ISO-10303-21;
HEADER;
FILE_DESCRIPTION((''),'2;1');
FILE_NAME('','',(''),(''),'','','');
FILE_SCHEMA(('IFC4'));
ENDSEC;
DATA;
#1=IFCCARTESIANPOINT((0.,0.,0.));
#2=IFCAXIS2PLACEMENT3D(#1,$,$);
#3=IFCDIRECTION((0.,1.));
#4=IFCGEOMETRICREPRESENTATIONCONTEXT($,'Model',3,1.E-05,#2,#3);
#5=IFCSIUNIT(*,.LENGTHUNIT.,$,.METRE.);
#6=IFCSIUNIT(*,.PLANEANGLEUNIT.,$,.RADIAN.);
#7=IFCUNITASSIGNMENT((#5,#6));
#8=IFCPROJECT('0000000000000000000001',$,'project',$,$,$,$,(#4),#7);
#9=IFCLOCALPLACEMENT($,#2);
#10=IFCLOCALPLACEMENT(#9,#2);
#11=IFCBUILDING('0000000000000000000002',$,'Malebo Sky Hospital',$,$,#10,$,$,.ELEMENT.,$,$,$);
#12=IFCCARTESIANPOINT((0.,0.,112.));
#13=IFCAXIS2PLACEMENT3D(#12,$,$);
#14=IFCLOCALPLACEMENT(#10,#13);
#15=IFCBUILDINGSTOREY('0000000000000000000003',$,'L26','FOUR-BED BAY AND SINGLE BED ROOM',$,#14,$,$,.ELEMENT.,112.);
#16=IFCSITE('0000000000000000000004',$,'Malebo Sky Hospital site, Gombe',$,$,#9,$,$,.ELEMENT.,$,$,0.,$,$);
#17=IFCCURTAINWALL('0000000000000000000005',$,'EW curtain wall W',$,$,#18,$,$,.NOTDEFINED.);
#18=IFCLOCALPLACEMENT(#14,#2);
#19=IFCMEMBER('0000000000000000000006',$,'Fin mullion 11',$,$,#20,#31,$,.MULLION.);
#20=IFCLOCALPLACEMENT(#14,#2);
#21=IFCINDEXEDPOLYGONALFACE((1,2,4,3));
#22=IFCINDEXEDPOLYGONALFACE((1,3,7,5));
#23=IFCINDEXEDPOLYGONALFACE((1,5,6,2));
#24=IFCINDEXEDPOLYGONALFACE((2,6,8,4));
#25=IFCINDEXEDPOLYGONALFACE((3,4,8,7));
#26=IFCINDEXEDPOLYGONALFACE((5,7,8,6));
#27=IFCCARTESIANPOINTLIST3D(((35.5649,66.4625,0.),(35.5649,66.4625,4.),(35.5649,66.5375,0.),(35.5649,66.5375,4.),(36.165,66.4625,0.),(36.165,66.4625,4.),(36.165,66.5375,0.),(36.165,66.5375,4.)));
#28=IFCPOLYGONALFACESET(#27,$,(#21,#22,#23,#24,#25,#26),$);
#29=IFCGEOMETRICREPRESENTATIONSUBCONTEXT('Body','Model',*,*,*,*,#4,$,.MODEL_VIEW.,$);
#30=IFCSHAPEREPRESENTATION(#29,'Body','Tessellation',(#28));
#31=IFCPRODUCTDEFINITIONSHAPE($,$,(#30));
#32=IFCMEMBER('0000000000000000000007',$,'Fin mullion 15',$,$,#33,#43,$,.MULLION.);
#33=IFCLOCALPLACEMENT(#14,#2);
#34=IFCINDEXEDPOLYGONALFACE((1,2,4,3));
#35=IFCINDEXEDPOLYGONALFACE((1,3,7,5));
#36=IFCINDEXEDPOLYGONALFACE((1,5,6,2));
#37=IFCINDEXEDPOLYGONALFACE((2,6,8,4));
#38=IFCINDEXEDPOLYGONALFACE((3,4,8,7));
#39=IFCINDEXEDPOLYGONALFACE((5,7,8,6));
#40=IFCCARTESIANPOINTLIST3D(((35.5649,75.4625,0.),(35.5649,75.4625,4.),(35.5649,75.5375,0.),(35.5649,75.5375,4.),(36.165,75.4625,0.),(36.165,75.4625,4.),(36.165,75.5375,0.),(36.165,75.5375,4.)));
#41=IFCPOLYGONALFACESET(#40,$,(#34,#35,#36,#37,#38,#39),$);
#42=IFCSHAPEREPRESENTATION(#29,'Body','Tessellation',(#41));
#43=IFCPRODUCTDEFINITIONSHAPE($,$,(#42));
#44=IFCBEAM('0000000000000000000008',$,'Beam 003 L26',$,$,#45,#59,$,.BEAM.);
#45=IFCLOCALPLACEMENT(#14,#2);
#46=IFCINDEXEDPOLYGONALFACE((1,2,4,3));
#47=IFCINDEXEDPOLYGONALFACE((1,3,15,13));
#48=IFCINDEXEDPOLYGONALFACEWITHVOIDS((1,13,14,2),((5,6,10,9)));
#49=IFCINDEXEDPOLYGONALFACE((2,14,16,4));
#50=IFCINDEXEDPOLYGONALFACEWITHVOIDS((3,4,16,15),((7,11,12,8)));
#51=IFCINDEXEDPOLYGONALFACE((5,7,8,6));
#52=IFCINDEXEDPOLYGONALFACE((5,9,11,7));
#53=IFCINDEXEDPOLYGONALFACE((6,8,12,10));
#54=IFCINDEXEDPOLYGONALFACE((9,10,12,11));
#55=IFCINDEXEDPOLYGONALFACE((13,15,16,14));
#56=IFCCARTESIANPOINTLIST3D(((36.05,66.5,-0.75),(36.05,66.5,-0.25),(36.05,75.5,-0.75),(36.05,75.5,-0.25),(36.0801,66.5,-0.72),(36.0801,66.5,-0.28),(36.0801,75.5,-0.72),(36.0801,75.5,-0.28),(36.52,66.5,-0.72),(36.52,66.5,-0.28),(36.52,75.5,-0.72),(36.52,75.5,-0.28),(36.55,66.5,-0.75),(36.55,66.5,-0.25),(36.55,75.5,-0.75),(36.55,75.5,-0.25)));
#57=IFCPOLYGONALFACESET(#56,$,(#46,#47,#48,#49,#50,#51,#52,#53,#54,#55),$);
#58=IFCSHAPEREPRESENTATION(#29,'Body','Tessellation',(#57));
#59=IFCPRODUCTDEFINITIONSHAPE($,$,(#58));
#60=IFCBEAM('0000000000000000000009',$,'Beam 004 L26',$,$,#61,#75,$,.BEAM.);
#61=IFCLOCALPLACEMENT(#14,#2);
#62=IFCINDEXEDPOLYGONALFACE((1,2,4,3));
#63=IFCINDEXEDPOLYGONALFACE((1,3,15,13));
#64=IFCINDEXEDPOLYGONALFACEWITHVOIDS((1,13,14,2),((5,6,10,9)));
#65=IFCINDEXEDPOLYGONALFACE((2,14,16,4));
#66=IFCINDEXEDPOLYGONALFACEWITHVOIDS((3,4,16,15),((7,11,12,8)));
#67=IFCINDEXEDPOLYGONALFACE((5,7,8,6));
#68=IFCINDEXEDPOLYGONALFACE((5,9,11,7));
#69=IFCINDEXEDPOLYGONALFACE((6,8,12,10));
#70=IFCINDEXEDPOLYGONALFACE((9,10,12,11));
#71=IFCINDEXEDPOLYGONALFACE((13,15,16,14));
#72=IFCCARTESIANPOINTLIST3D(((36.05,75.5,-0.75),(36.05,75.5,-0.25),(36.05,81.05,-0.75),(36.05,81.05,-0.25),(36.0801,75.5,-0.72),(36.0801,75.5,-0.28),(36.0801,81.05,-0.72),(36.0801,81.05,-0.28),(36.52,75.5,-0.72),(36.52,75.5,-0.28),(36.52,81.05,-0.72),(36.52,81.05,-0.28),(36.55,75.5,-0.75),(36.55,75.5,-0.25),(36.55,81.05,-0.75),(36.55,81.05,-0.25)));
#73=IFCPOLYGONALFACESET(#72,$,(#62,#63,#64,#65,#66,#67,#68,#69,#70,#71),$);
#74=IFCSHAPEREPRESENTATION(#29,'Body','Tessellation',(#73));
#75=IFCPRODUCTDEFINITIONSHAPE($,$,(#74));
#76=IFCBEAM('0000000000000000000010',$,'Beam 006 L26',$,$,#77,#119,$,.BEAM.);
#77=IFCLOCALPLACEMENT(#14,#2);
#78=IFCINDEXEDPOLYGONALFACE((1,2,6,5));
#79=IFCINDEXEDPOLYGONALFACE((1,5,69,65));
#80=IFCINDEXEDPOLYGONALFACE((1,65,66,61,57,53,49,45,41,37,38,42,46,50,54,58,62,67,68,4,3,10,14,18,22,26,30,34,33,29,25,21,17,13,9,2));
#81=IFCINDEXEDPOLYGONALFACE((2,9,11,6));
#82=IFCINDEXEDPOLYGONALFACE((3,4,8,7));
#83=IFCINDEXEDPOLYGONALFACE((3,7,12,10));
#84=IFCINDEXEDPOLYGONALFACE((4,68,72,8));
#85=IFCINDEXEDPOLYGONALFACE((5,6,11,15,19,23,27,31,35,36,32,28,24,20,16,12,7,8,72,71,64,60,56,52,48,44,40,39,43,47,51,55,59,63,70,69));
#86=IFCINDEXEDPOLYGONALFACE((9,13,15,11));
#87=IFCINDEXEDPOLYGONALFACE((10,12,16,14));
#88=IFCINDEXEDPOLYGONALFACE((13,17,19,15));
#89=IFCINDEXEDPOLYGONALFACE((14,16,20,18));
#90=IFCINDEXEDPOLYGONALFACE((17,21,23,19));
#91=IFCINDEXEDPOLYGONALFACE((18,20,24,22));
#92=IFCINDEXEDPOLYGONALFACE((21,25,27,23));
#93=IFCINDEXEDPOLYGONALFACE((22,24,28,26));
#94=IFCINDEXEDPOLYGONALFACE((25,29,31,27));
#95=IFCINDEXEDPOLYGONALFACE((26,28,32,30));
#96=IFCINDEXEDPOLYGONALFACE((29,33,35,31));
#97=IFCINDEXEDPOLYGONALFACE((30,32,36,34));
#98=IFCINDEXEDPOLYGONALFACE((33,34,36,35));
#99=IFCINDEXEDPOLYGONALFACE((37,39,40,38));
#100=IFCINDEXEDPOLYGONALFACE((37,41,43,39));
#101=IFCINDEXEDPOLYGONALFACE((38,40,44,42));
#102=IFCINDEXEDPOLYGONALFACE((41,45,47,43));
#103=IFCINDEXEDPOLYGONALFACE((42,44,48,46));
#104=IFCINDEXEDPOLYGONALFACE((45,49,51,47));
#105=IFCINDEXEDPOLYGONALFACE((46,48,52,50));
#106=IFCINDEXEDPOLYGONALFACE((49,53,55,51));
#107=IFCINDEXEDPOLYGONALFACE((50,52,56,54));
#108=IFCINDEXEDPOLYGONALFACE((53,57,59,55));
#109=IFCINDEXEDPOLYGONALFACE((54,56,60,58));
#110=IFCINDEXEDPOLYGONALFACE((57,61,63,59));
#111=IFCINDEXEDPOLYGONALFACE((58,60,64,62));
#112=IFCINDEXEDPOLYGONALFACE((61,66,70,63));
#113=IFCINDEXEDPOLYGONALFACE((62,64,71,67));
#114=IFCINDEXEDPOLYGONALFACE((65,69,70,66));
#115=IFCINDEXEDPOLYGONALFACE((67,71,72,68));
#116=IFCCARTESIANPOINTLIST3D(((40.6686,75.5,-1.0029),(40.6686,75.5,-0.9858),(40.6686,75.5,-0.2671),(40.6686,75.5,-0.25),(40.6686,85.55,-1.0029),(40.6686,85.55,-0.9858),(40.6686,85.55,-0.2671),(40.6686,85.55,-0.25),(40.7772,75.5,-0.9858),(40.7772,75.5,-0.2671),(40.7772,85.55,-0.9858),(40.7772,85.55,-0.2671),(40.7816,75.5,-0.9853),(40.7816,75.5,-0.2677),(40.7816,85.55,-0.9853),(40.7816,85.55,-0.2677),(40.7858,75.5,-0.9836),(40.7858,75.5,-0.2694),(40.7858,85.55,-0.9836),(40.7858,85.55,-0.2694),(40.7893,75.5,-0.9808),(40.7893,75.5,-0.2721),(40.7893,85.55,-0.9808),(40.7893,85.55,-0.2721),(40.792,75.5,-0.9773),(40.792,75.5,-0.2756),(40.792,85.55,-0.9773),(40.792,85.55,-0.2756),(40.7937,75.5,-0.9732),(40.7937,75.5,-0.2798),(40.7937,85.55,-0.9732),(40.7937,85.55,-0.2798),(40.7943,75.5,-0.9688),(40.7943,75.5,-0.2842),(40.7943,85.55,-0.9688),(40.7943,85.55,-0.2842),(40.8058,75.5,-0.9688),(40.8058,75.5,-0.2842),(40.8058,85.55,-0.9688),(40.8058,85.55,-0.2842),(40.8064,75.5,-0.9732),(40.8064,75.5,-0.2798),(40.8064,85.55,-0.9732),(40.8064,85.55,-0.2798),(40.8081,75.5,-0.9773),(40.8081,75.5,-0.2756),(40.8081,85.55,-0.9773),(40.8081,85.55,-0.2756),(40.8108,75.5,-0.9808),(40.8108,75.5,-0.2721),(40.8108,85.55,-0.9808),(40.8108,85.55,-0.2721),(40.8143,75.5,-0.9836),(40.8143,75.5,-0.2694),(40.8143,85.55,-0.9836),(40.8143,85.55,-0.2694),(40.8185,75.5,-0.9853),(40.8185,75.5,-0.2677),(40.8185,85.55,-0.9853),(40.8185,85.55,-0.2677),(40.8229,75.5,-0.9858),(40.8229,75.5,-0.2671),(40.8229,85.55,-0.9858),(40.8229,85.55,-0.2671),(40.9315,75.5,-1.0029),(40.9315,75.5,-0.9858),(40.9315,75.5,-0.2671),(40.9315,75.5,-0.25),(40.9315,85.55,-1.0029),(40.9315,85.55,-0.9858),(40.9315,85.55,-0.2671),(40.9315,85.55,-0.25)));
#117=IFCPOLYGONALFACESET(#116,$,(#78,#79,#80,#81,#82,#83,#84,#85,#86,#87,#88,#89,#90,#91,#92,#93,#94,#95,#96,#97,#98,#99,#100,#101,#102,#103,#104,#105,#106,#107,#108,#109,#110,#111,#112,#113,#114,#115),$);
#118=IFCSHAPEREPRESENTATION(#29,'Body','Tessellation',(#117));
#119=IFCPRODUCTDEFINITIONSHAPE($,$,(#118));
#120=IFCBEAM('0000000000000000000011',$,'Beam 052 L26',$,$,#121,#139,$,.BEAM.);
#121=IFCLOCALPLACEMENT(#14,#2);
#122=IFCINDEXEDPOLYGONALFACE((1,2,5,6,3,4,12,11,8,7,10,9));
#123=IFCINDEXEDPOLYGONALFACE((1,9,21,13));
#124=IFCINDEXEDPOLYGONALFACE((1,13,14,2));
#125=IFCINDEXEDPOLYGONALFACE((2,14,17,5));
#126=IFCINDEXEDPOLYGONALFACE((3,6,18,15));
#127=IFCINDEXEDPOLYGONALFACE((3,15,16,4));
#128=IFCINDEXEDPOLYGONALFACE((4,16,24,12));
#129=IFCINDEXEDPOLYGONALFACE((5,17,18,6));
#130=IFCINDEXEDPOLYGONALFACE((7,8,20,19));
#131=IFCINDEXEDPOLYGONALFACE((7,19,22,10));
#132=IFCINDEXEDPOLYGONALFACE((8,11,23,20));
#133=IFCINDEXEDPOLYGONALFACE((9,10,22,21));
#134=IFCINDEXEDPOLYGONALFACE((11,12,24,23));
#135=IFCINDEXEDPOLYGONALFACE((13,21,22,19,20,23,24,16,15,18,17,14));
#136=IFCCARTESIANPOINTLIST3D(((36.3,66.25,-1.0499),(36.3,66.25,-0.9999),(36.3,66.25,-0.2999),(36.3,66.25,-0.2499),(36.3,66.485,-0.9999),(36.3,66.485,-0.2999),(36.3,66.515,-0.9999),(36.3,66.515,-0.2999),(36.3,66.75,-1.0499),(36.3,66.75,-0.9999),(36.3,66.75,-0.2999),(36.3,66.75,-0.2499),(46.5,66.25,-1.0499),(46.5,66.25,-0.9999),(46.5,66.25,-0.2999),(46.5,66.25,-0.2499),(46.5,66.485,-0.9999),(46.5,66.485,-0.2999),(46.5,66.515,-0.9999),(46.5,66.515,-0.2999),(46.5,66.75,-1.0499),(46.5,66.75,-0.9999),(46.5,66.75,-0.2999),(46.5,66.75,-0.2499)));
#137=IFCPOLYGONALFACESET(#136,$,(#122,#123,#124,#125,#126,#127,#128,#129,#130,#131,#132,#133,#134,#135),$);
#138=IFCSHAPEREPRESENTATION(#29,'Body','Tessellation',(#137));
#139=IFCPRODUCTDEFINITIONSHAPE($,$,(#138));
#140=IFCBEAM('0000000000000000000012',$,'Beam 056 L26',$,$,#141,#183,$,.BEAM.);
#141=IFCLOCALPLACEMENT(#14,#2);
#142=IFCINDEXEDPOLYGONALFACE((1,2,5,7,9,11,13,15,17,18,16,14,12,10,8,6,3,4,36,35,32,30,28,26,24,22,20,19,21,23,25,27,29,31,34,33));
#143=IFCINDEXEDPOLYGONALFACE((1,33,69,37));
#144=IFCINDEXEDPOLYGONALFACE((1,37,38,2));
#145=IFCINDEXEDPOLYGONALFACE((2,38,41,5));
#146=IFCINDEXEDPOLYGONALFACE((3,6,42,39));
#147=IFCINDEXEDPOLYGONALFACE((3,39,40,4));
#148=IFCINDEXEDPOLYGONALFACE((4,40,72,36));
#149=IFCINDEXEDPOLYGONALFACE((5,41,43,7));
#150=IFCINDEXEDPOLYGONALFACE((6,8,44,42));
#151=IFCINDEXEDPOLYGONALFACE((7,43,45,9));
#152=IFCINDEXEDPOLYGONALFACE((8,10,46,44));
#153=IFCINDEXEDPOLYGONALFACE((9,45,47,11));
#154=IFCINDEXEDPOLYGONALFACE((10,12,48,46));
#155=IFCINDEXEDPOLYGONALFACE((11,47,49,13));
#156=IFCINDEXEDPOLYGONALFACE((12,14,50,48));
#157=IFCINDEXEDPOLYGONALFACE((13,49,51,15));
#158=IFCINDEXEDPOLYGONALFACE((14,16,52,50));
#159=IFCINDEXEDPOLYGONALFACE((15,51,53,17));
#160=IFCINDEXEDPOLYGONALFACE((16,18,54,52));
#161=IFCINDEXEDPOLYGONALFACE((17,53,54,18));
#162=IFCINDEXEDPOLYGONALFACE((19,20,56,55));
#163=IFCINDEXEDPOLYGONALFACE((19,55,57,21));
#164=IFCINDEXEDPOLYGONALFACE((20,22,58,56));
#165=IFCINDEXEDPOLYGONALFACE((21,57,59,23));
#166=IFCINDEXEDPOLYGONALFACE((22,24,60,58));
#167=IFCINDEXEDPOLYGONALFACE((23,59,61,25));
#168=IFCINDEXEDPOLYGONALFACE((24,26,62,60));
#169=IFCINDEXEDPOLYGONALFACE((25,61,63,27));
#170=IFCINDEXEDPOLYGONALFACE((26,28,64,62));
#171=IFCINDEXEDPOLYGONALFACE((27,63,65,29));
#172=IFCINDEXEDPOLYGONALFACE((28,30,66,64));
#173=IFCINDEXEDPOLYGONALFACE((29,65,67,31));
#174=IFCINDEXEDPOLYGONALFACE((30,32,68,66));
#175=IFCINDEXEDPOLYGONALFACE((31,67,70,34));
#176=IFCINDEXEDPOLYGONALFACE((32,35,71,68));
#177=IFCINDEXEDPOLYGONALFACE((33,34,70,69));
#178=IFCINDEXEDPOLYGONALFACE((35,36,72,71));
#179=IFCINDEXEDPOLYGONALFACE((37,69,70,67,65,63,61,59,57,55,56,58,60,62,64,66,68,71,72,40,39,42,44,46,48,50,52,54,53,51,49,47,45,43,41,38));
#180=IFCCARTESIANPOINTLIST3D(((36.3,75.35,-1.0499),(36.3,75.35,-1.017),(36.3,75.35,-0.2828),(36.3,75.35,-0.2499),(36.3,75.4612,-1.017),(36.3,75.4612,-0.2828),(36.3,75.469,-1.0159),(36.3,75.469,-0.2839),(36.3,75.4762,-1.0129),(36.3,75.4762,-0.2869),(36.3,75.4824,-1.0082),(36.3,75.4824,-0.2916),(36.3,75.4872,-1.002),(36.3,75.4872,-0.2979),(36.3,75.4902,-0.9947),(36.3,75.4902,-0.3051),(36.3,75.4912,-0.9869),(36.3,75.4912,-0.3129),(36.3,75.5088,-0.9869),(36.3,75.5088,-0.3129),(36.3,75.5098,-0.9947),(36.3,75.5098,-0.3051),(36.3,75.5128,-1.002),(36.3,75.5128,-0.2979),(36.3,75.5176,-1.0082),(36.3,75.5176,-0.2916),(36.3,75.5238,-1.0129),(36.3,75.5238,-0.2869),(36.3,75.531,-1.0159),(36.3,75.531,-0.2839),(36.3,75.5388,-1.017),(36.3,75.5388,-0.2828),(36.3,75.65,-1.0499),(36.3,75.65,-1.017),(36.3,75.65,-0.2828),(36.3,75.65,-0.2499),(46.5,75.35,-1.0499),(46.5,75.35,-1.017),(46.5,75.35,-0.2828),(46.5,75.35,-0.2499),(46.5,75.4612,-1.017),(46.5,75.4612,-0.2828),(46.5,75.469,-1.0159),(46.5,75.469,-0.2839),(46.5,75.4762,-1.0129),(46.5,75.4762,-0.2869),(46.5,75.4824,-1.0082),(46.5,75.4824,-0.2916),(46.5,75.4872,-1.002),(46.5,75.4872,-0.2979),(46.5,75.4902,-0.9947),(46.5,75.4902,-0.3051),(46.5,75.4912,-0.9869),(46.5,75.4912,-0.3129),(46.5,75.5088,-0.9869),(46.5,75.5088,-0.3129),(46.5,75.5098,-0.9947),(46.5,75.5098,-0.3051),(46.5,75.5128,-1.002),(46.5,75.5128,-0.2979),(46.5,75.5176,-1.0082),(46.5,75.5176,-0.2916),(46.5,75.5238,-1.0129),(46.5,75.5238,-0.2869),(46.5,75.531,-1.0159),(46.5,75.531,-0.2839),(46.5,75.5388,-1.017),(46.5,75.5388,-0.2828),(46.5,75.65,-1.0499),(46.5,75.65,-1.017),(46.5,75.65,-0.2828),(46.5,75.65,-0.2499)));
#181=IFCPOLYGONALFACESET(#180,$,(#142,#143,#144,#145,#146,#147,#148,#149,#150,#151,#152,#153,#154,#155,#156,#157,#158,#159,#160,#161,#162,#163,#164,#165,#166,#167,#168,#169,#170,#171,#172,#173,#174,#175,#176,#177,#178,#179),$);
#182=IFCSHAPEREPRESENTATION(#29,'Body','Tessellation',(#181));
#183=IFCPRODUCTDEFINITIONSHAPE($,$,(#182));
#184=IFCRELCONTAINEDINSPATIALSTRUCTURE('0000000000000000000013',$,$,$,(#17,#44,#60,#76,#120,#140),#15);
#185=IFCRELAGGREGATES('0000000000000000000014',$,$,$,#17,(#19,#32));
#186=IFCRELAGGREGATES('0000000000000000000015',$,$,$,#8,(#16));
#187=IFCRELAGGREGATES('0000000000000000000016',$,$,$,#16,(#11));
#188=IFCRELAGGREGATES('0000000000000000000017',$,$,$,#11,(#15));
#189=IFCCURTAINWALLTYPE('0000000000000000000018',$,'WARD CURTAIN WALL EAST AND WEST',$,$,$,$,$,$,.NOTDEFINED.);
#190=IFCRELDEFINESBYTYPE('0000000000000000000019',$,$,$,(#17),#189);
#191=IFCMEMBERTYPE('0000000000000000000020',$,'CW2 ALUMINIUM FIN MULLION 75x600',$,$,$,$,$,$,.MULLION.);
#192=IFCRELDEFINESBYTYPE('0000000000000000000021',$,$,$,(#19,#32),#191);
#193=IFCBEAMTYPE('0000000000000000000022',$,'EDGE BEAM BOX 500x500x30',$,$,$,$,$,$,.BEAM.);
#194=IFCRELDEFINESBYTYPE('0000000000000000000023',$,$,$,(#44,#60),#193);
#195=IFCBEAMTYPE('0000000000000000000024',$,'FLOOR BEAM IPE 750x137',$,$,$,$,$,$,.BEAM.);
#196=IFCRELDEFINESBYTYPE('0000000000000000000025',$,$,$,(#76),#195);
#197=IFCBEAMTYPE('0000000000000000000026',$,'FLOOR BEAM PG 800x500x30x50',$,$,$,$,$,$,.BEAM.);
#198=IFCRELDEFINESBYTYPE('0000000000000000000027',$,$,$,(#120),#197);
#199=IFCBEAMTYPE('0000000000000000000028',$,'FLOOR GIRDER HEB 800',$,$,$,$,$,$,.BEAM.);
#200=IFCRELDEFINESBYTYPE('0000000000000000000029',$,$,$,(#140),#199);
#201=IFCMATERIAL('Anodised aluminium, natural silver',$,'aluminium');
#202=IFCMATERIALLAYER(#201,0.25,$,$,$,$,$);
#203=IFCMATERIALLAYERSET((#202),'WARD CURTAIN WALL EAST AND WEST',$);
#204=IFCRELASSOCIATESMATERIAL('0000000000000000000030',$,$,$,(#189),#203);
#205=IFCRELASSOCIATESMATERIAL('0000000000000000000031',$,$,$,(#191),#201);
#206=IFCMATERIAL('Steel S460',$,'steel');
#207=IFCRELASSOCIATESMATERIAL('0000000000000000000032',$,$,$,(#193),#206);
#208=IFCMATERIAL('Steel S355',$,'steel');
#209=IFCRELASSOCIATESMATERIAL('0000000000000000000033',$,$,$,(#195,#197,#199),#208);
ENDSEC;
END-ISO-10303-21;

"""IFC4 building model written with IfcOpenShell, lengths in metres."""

from ifc_helpers import new_model, si_unit, direction, frame, origin, origin_2d, place, context, subcontext, project, spatial, rectangle, hollow_rectangle, i_section, extrude, material, layer, layer_set, material_profile, profile_set, type_object, element, aggregate, save


model = new_model("IFC4")

# Units and contexts
model_context = context("Model", 3, precision=1e-05, world=origin(), true_north=direction((0.0, 1.0)))
body_context = subcontext(model_context, "Body", "Model", "MODEL_VIEW")
ifc_project = project(units=[si_unit("LENGTHUNIT", "METRE"), si_unit("PLANEANGLEUNIT", "RADIAN")], contexts=[model_context])

# Site, building, storey
site_placement = place(None, origin())
site = spatial("IfcSite", under=ifc_project, at=site_placement, Name="Malebo Sky Hospital site, Gombe", CompositionType="ELEMENT", RefElevation=0.0)
building_placement = place(site_placement, origin())
building = spatial("IfcBuilding", under=site, at=building_placement, Name="Malebo Sky Hospital", CompositionType="ELEMENT")
storey_placement = place(building_placement, frame((0.0, 0.0, 112.0)))
storey = spatial("IfcBuildingStorey", under=building, at=storey_placement, Name="L26", Description="FOUR-BED BAY AND SINGLE BED ROOM", CompositionType="ELEMENT", Elevation=112.0)

# Shared definitions
ifc_material_1 = material(Name="Steel S460", Category="steel")

# Curtain wall
ifc_material_2 = material(Name="Anodised aluminium, natural silver", Category="aluminium")
ifc_layer_1 = layer(ifc_material_2, 0.25)
ifc_layer_set_1 = layer_set([ifc_layer_1], Name="WARD CURTAIN WALL EAST AND WEST")
curtain_wall_type = type_object("IfcCurtainWallType", Name="WARD CURTAIN WALL EAST AND WEST", PredefinedType="NOTDEFINED", material=ifc_layer_set_1)
curtain_wall_placement = place(storey_placement, origin())
curtain_wall = element("IfcCurtainWall", 1, at=curtain_wall_placement, inside=storey, type_object=curtain_wall_type, Name="EW curtain wall W", PredefinedType="NOTDEFINED")

# Members
ifc_material_3 = material(Name="Steel S355", Category="steel")
ifc_material_profile_1 = material_profile(ifc_material_2, rectangle(XDim=0.075, YDim=0.6001, at=origin_2d()), Name="CW2 ALUMINIUM FIN MULLION 75x600")
ifc_profile_set_1 = profile_set([ifc_material_profile_1], Name="Anodised aluminium, natural silver")
member_type_1 = type_object("IfcMemberType", Name="CW2 ALUMINIUM FIN MULLION 75x600", PredefinedType="MULLION", material=ifc_profile_set_1)
member_1_placement = place(storey_placement, frame((35.865, 66.5, 0.0), z_axis=(0.0, 0.0, 1.0), x_axis=(0.0, 1.0, 0.0)))
member_1 = element("IfcMember", 2, at=member_1_placement, type_object=member_type_1, Name="Fin mullion 11", PredefinedType="MULLION", context=body_context, shape_type="SweptSolid", body=[
    extrude(rectangle(XDim=0.075, YDim=0.6001, at=origin_2d()), origin(), (0.0, 0.0, 1.0), 4.0),
])
member_2_placement = place(storey_placement, frame((35.865, 75.5, 0.0), z_axis=(0.0, 0.0, 1.0), x_axis=(0.0, 1.0, 0.0)))
member_2 = element("IfcMember", 3, at=member_2_placement, type_object=member_type_1, Name="Fin mullion 15", PredefinedType="MULLION", context=body_context, shape_type="SweptSolid", body=[
    extrude(rectangle(XDim=0.075, YDim=0.6001, at=origin_2d()), origin(), (0.0, 0.0, 1.0), 4.0),
])

# Beams
ifc_material_profile_2 = material_profile(ifc_material_1, hollow_rectangle(XDim=0.5, YDim=0.5, WallThickness=0.03, at=origin_2d()), Name="BOX 500x500x30")
ifc_profile_set_2 = profile_set([ifc_material_profile_2], Name="Steel S460")
beam_type_1 = type_object("IfcBeamType", Name="EDGE BEAM BOX 500x500x30", PredefinedType="BEAM", material=ifc_profile_set_2)
beam_1_placement = place(storey_placement, frame((36.3, 66.5, -0.5), z_axis=(0.0, 1.0, 0.0), x_axis=(-1.0, 0.0, 0.0)))
element("IfcBeam", 4, at=beam_1_placement, inside=storey, type_object=beam_type_1, Name="Beam 003 L26", PredefinedType="BEAM", context=body_context, shape_type="SweptSolid", body=[
    extrude(hollow_rectangle(XDim=0.5, YDim=0.5, WallThickness=0.03, at=origin_2d()), origin(), (0.0, 0.0, 1.0), 9.0),
])
beam_2_placement = place(storey_placement, frame((36.3, 75.5, -0.5), z_axis=(0.0, 1.0, 0.0), x_axis=(-1.0, 0.0, 0.0)))
element("IfcBeam", 5, at=beam_2_placement, inside=storey, type_object=beam_type_1, Name="Beam 004 L26", PredefinedType="BEAM", context=body_context, shape_type="SweptSolid", body=[
    extrude(hollow_rectangle(XDim=0.5, YDim=0.5, WallThickness=0.03, at=origin_2d()), origin(), (0.0, 0.0, 1.0), 5.55),
])
ifc_material_profile_3 = material_profile(ifc_material_3, i_section(OverallWidth=0.2629, OverallDepth=0.7529, WebThickness=0.0115, FlangeThickness=0.0171, FilletRadius=0.0171, at=origin_2d()), Name="IPE 750x137")
ifc_profile_set_3 = profile_set([ifc_material_profile_3], Name="Steel S355")
beam_type_2 = type_object("IfcBeamType", Name="FLOOR BEAM IPE 750x137", PredefinedType="BEAM", material=ifc_profile_set_3)
beam_3_placement = place(storey_placement, frame((40.8, 75.5, -0.6265), z_axis=(0.0, 1.0, 0.0), x_axis=(-1.0, 0.0, 0.0)))
element("IfcBeam", 6, at=beam_3_placement, inside=storey, type_object=beam_type_2, Name="Beam 006 L26", PredefinedType="BEAM", context=body_context, shape_type="SweptSolid", body=[
    extrude(i_section(OverallWidth=0.2629, OverallDepth=0.7529, WebThickness=0.0115, FlangeThickness=0.0171, FilletRadius=0.0171, at=origin_2d()), origin(), (0.0, 0.0, 1.0), 10.05),
])
ifc_material_profile_4 = material_profile(ifc_material_3, i_section(OverallWidth=0.5, OverallDepth=0.8, WebThickness=0.03, FlangeThickness=0.05, at=origin_2d()), Name="PG 800x500x30x50")
ifc_profile_set_4 = profile_set([ifc_material_profile_4], Name="Steel S355")
beam_type_3 = type_object("IfcBeamType", Name="FLOOR BEAM PG 800x500x30x50", PredefinedType="BEAM", material=ifc_profile_set_4)
beam_4_placement = place(storey_placement, frame((36.3, 66.5, -0.6499), z_axis=(1.0, 0.0, 0.0), x_axis=(0.0, 1.0, 0.0)))
element("IfcBeam", 7, at=beam_4_placement, inside=storey, type_object=beam_type_3, Name="Beam 052 L26", PredefinedType="BEAM", context=body_context, shape_type="SweptSolid", body=[
    extrude(i_section(OverallWidth=0.5, OverallDepth=0.8, WebThickness=0.03, FlangeThickness=0.05, at=origin_2d()), origin(), (0.0, 0.0, 1.0), 10.2),
])
ifc_material_profile_5 = material_profile(ifc_material_3, i_section(OverallWidth=0.3, OverallDepth=0.8, WebThickness=0.0176, FlangeThickness=0.033, FilletRadius=0.03, at=origin_2d()), Name="HEB 800")
ifc_profile_set_5 = profile_set([ifc_material_profile_5], Name="Steel S355")
beam_type_4 = type_object("IfcBeamType", Name="FLOOR GIRDER HEB 800", PredefinedType="BEAM", material=ifc_profile_set_5)
beam_5_placement = place(storey_placement, frame((36.3, 75.5, -0.6499), z_axis=(1.0, 0.0, 0.0), x_axis=(0.0, 1.0, 0.0)))
element("IfcBeam", 8, at=beam_5_placement, inside=storey, type_object=beam_type_4, Name="Beam 056 L26", PredefinedType="BEAM", context=body_context, shape_type="SweptSolid", body=[
    extrude(i_section(OverallWidth=0.3, OverallDepth=0.8, WebThickness=0.0176, FlangeThickness=0.033, FilletRadius=0.03, at=origin_2d()), origin(), (0.0, 0.0, 1.0), 10.2),
])

aggregate(curtain_wall, [member_1, member_2])

save(model, "model.ifc")
